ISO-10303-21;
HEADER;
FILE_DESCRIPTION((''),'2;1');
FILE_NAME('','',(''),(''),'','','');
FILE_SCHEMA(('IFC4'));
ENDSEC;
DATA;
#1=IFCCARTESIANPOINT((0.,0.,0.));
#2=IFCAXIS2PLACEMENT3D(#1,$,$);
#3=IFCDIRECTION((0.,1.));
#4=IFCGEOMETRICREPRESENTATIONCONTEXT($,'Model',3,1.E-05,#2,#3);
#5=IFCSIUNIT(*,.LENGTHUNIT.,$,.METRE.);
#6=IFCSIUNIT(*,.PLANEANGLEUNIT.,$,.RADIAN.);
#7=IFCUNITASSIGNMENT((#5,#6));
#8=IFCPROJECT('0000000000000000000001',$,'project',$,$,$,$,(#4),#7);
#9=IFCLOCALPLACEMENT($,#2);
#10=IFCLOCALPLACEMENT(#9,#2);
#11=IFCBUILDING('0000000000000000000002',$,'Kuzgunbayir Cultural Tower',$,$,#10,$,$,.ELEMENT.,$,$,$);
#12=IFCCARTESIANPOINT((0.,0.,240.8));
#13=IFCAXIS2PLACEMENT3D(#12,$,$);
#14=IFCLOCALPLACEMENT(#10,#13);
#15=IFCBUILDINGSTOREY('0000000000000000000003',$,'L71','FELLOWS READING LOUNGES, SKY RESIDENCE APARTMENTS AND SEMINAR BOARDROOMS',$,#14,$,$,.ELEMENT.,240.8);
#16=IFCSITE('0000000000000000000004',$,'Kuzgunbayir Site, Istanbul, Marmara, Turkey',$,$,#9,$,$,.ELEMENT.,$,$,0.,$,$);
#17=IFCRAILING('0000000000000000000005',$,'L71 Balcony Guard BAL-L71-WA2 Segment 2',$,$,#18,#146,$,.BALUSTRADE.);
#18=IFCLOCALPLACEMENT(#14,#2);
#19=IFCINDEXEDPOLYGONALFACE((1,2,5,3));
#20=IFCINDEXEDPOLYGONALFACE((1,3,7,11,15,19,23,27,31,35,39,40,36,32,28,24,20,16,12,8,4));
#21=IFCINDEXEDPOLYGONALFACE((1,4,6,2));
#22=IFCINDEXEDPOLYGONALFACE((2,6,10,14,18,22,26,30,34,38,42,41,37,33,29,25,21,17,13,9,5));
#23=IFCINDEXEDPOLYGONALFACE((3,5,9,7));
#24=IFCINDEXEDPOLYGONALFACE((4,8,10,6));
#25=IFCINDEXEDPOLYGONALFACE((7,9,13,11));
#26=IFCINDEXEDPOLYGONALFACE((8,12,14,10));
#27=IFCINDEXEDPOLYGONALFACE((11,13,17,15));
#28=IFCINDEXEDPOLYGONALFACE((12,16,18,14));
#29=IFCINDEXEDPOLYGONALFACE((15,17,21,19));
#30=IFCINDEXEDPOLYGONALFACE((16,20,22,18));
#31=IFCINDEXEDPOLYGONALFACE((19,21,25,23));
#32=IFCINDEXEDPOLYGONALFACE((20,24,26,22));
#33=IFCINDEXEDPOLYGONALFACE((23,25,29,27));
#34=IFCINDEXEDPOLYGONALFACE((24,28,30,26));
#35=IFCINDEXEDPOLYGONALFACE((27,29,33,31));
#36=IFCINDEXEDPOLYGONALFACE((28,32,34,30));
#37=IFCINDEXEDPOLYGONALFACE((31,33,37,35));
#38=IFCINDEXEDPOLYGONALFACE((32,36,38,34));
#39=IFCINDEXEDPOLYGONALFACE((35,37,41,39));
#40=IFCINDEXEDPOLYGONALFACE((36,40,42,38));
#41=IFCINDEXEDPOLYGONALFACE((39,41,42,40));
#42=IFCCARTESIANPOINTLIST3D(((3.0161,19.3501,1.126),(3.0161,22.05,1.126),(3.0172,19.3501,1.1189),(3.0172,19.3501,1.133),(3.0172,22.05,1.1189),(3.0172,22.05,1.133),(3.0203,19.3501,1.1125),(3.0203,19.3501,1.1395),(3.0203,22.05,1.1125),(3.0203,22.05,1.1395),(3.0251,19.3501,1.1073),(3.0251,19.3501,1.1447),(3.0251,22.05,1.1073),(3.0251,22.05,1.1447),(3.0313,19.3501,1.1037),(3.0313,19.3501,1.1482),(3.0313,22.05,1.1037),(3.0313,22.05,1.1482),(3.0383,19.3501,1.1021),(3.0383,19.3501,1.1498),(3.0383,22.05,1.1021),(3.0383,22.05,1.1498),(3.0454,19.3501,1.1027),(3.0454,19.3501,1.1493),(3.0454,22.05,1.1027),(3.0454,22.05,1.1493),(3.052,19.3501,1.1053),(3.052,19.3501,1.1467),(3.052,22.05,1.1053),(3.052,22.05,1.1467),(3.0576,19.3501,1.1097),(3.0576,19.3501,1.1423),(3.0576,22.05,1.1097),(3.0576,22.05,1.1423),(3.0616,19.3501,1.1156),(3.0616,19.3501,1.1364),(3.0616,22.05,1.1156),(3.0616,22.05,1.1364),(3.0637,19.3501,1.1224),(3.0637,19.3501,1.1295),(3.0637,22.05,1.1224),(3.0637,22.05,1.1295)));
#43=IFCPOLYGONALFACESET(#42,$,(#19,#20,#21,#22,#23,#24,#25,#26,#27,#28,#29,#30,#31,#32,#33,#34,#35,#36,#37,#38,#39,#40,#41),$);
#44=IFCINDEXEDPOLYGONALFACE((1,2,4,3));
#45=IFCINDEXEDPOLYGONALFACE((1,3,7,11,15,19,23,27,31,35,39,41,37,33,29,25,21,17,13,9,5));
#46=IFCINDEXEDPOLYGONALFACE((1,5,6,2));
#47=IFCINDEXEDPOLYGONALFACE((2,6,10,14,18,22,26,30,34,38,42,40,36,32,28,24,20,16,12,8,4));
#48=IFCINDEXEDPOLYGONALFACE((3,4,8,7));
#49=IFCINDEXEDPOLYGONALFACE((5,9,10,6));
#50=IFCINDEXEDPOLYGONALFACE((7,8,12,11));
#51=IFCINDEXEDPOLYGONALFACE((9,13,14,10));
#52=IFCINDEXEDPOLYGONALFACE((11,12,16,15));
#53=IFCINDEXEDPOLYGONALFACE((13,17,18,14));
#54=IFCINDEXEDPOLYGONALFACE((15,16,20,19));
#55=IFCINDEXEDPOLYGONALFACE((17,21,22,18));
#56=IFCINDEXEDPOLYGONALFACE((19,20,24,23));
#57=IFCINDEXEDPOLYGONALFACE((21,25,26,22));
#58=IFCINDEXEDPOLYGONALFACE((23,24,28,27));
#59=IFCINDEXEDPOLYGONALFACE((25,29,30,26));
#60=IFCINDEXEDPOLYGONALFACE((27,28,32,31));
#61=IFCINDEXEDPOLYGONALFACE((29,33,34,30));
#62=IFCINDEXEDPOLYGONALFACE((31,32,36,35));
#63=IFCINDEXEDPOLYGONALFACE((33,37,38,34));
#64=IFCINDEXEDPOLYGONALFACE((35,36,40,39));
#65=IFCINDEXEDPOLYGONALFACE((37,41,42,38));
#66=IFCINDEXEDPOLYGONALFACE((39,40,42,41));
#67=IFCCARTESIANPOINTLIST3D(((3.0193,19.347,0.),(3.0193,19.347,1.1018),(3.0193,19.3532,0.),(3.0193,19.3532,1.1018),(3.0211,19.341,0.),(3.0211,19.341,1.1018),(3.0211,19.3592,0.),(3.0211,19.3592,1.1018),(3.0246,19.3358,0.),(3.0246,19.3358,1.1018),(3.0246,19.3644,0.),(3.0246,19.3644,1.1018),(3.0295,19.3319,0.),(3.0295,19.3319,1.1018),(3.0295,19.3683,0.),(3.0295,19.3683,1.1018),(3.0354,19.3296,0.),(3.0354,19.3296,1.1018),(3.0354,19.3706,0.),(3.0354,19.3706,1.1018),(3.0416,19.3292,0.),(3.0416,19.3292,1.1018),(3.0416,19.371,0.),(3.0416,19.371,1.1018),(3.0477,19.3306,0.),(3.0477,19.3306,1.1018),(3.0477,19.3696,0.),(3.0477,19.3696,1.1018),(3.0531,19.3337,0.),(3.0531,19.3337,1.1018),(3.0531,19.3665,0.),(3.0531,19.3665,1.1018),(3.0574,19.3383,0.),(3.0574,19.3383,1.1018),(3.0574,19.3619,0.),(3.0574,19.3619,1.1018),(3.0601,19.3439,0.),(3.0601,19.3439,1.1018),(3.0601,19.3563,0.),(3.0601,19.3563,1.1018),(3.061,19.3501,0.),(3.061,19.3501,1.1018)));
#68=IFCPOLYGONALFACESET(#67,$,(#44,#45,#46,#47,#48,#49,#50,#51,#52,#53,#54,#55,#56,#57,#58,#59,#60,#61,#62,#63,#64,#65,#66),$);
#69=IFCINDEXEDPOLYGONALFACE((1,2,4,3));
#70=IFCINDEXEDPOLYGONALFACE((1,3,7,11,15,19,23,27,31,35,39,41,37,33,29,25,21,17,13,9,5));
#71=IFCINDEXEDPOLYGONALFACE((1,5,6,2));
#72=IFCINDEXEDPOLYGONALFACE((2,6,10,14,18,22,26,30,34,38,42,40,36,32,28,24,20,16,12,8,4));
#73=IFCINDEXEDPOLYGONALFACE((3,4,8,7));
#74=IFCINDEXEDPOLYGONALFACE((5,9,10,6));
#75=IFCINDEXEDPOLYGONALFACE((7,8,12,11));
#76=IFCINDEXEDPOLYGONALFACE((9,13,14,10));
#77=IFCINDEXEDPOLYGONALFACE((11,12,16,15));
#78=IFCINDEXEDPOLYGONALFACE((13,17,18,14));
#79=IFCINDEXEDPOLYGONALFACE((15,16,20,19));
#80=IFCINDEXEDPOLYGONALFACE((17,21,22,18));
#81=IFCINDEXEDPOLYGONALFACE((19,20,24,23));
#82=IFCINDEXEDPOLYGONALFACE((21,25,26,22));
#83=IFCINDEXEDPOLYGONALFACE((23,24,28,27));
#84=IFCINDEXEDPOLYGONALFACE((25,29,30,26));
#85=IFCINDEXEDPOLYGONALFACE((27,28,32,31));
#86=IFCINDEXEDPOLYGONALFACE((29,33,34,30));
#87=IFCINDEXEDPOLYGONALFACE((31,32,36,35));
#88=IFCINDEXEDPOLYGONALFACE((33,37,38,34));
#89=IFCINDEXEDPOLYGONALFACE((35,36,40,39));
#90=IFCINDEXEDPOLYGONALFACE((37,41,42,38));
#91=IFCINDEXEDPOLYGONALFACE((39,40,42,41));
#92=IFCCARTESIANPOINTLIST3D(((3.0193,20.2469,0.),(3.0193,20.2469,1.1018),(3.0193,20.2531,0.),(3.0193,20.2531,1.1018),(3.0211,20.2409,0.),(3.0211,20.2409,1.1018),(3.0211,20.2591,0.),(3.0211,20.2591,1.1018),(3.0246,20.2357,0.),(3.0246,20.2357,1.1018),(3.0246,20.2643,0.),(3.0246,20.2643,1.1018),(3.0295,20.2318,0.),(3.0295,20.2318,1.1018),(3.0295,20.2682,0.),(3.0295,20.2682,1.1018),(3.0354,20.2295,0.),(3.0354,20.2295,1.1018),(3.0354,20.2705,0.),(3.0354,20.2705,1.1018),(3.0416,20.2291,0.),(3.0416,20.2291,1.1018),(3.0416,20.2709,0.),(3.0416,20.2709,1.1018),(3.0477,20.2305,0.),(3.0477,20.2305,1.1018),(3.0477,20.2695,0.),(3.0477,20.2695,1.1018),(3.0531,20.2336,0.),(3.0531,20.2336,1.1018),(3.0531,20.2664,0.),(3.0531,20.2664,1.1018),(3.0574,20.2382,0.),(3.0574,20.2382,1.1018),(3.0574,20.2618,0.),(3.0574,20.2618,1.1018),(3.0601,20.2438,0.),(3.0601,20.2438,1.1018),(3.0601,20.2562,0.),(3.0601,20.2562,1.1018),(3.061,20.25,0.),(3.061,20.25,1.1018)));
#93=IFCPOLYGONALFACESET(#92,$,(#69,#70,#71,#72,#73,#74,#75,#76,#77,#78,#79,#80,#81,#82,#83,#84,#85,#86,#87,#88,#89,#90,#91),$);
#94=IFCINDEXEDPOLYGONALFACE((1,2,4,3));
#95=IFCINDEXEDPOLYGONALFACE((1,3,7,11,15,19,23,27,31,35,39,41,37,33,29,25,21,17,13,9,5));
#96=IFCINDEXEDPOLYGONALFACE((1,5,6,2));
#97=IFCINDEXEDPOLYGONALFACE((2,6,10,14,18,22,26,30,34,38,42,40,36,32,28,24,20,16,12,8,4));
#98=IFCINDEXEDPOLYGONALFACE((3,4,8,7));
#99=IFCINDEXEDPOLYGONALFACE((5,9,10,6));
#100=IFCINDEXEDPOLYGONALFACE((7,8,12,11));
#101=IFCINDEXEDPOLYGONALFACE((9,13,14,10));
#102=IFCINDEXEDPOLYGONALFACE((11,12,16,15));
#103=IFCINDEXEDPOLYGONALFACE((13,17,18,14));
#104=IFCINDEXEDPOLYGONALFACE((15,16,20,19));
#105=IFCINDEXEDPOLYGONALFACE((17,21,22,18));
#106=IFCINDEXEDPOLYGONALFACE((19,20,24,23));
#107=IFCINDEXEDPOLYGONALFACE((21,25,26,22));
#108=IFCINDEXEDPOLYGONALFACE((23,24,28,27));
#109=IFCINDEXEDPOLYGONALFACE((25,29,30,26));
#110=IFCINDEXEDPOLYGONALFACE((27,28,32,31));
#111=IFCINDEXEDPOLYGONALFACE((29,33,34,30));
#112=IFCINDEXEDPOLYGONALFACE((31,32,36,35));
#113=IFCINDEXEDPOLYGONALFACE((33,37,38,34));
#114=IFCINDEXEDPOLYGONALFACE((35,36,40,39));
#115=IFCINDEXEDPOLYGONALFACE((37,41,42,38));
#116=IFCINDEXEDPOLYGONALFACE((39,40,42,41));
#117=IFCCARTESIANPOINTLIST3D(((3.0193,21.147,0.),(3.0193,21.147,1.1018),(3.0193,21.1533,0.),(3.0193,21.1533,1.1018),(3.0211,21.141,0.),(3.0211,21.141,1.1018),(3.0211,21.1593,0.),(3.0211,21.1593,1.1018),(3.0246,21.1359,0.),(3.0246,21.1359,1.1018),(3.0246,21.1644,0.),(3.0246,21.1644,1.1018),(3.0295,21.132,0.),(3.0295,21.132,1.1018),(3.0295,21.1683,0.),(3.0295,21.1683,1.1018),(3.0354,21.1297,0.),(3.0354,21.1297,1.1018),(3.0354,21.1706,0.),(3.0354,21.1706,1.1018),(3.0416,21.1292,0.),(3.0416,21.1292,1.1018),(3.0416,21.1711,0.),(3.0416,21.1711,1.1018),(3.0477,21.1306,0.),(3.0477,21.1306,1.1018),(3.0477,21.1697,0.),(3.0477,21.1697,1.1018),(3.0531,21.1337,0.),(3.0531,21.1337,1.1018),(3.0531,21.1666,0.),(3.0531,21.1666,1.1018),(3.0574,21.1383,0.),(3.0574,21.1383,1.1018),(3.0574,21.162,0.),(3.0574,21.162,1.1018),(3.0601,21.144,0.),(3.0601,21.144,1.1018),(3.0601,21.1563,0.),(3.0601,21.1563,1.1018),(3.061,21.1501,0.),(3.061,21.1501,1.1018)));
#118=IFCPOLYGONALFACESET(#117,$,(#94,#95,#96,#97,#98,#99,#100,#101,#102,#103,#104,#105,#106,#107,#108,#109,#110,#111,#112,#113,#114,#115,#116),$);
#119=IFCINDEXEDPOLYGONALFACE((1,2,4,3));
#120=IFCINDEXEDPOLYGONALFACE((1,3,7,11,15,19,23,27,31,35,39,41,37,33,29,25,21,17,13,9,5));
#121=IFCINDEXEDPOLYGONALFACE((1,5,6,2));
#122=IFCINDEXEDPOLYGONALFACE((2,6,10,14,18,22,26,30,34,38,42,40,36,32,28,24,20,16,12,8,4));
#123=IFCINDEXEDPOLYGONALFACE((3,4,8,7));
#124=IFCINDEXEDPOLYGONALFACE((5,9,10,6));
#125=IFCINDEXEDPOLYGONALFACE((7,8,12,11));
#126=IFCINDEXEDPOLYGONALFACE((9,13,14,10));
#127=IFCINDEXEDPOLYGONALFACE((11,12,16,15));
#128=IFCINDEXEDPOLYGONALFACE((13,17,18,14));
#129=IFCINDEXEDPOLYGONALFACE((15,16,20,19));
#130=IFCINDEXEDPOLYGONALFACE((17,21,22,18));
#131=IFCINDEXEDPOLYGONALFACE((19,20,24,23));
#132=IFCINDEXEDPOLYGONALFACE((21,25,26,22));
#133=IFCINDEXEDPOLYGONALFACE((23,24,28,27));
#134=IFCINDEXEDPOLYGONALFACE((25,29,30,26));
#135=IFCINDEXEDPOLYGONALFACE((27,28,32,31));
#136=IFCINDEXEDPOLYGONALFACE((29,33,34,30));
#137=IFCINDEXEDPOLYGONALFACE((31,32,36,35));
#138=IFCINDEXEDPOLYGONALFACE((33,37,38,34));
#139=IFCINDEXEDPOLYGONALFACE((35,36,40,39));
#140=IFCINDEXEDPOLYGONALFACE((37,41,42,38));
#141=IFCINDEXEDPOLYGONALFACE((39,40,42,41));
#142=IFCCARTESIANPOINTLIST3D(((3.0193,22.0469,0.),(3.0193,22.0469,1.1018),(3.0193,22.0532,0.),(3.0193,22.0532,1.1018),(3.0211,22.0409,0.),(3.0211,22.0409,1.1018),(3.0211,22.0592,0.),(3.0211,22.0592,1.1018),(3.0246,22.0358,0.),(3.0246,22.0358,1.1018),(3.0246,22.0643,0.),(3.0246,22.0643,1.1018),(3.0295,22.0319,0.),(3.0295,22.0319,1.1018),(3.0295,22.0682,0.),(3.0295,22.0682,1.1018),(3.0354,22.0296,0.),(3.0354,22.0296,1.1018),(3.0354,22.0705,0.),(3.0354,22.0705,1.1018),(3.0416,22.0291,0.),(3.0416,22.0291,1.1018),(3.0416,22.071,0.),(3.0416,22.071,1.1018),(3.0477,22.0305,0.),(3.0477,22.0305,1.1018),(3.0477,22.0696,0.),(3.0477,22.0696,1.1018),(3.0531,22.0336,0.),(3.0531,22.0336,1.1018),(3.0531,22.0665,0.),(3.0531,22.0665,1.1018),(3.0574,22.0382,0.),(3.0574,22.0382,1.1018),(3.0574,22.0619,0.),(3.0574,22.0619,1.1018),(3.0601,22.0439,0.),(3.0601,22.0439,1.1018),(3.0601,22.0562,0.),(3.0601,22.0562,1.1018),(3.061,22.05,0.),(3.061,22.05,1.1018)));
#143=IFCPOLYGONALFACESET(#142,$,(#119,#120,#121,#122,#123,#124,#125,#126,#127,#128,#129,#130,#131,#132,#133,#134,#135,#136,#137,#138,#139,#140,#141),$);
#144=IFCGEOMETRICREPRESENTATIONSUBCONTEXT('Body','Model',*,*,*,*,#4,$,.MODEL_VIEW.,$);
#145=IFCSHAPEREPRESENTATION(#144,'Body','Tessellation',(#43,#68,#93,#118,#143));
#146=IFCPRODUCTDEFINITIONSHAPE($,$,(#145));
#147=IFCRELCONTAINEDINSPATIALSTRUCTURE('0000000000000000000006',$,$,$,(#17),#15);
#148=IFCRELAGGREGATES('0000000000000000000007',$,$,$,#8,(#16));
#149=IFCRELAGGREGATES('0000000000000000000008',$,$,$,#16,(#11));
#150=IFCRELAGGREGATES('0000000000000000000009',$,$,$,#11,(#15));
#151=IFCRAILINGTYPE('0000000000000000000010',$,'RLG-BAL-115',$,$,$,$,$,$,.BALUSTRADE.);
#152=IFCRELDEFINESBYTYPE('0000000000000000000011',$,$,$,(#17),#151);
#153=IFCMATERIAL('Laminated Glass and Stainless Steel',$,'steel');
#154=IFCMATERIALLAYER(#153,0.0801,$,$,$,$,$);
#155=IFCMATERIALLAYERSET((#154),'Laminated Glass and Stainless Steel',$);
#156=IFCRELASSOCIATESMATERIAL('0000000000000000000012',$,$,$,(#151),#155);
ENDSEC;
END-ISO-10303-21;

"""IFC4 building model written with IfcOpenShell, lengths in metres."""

from ifc_helpers import new_model, si_unit, direction, frame, origin, origin_2d, place, context, subcontext, project, spatial, circle, extrude, material, layer, layer_set, type_object, element, save


model = new_model("IFC4")

# Units and contexts
model_context = context("Model", 3, precision=1e-05, world=origin(), true_north=direction((0.0, 1.0)))
body_context = subcontext(model_context, "Body", "Model", "MODEL_VIEW")
ifc_project = project(units=[si_unit("LENGTHUNIT", "METRE"), si_unit("PLANEANGLEUNIT", "RADIAN")], contexts=[model_context])

# Site, building, storey
site_placement = place(None, origin())
site = spatial("IfcSite", under=ifc_project, at=site_placement, Name="Kuzgunbayir Site, Istanbul, Marmara, Turkey", CompositionType="ELEMENT", RefElevation=0.0)
building_placement = place(site_placement, origin())
building = spatial("IfcBuilding", under=site, at=building_placement, Name="Kuzgunbayir Cultural Tower", CompositionType="ELEMENT")
storey_placement = place(building_placement, frame((0.0, 0.0, 240.8)))
storey = spatial("IfcBuildingStorey", under=building, at=storey_placement, Name="L71", Description="FELLOWS READING LOUNGES, SKY RESIDENCE APARTMENTS AND SEMINAR BOARDROOMS", CompositionType="ELEMENT", Elevation=240.8)

# Railing
ifc_material_1 = material(Name="Laminated Glass and Stainless Steel", Category="steel")
ifc_layer_1 = layer(ifc_material_1, 0.0801)
ifc_layer_set_1 = layer_set([ifc_layer_1], Name="Laminated Glass and Stainless Steel")
railing_type = type_object("IfcRailingType", Name="RLG-BAL-115", PredefinedType="BALUSTRADE", material=ifc_layer_set_1)
railing_1_placement = place(storey_placement, frame((3.04, 19.3501, 0.0)))
element("IfcRailing", 1, at=railing_1_placement, inside=storey, type_object=railing_type, Name="L71 Balcony Guard BAL-L71-WA2 Segment 2", PredefinedType="BALUSTRADE", context=body_context, shape_type="SweptSolid", body=[
    extrude(circle(Radius=0.0239, at=origin_2d()), frame((0.0, 0.0, 1.126), z_axis=(0.0, 1.0, 0.0), x_axis=(-1.0, 0.0, 0.0)), (0.0, 0.0, 1.0), 2.7),
    extrude(circle(Radius=0.021, at=origin_2d()), origin(), (0.0, 0.0, 1.0), 1.1018),
    extrude(circle(Radius=0.021, at=origin_2d()), frame((0.0, 0.8999, 0.0)), (0.0, 0.0, 1.0), 1.1018),
    extrude(circle(Radius=0.021, at=origin_2d()), frame((0.0, 1.8, 0.0)), (0.0, 0.0, 1.0), 1.1018),
    extrude(circle(Radius=0.021, at=origin_2d()), frame((0.0, 2.7, 0.0)), (0.0, 0.0, 1.0), 1.1018),
])

save(model, "model.ifc")
